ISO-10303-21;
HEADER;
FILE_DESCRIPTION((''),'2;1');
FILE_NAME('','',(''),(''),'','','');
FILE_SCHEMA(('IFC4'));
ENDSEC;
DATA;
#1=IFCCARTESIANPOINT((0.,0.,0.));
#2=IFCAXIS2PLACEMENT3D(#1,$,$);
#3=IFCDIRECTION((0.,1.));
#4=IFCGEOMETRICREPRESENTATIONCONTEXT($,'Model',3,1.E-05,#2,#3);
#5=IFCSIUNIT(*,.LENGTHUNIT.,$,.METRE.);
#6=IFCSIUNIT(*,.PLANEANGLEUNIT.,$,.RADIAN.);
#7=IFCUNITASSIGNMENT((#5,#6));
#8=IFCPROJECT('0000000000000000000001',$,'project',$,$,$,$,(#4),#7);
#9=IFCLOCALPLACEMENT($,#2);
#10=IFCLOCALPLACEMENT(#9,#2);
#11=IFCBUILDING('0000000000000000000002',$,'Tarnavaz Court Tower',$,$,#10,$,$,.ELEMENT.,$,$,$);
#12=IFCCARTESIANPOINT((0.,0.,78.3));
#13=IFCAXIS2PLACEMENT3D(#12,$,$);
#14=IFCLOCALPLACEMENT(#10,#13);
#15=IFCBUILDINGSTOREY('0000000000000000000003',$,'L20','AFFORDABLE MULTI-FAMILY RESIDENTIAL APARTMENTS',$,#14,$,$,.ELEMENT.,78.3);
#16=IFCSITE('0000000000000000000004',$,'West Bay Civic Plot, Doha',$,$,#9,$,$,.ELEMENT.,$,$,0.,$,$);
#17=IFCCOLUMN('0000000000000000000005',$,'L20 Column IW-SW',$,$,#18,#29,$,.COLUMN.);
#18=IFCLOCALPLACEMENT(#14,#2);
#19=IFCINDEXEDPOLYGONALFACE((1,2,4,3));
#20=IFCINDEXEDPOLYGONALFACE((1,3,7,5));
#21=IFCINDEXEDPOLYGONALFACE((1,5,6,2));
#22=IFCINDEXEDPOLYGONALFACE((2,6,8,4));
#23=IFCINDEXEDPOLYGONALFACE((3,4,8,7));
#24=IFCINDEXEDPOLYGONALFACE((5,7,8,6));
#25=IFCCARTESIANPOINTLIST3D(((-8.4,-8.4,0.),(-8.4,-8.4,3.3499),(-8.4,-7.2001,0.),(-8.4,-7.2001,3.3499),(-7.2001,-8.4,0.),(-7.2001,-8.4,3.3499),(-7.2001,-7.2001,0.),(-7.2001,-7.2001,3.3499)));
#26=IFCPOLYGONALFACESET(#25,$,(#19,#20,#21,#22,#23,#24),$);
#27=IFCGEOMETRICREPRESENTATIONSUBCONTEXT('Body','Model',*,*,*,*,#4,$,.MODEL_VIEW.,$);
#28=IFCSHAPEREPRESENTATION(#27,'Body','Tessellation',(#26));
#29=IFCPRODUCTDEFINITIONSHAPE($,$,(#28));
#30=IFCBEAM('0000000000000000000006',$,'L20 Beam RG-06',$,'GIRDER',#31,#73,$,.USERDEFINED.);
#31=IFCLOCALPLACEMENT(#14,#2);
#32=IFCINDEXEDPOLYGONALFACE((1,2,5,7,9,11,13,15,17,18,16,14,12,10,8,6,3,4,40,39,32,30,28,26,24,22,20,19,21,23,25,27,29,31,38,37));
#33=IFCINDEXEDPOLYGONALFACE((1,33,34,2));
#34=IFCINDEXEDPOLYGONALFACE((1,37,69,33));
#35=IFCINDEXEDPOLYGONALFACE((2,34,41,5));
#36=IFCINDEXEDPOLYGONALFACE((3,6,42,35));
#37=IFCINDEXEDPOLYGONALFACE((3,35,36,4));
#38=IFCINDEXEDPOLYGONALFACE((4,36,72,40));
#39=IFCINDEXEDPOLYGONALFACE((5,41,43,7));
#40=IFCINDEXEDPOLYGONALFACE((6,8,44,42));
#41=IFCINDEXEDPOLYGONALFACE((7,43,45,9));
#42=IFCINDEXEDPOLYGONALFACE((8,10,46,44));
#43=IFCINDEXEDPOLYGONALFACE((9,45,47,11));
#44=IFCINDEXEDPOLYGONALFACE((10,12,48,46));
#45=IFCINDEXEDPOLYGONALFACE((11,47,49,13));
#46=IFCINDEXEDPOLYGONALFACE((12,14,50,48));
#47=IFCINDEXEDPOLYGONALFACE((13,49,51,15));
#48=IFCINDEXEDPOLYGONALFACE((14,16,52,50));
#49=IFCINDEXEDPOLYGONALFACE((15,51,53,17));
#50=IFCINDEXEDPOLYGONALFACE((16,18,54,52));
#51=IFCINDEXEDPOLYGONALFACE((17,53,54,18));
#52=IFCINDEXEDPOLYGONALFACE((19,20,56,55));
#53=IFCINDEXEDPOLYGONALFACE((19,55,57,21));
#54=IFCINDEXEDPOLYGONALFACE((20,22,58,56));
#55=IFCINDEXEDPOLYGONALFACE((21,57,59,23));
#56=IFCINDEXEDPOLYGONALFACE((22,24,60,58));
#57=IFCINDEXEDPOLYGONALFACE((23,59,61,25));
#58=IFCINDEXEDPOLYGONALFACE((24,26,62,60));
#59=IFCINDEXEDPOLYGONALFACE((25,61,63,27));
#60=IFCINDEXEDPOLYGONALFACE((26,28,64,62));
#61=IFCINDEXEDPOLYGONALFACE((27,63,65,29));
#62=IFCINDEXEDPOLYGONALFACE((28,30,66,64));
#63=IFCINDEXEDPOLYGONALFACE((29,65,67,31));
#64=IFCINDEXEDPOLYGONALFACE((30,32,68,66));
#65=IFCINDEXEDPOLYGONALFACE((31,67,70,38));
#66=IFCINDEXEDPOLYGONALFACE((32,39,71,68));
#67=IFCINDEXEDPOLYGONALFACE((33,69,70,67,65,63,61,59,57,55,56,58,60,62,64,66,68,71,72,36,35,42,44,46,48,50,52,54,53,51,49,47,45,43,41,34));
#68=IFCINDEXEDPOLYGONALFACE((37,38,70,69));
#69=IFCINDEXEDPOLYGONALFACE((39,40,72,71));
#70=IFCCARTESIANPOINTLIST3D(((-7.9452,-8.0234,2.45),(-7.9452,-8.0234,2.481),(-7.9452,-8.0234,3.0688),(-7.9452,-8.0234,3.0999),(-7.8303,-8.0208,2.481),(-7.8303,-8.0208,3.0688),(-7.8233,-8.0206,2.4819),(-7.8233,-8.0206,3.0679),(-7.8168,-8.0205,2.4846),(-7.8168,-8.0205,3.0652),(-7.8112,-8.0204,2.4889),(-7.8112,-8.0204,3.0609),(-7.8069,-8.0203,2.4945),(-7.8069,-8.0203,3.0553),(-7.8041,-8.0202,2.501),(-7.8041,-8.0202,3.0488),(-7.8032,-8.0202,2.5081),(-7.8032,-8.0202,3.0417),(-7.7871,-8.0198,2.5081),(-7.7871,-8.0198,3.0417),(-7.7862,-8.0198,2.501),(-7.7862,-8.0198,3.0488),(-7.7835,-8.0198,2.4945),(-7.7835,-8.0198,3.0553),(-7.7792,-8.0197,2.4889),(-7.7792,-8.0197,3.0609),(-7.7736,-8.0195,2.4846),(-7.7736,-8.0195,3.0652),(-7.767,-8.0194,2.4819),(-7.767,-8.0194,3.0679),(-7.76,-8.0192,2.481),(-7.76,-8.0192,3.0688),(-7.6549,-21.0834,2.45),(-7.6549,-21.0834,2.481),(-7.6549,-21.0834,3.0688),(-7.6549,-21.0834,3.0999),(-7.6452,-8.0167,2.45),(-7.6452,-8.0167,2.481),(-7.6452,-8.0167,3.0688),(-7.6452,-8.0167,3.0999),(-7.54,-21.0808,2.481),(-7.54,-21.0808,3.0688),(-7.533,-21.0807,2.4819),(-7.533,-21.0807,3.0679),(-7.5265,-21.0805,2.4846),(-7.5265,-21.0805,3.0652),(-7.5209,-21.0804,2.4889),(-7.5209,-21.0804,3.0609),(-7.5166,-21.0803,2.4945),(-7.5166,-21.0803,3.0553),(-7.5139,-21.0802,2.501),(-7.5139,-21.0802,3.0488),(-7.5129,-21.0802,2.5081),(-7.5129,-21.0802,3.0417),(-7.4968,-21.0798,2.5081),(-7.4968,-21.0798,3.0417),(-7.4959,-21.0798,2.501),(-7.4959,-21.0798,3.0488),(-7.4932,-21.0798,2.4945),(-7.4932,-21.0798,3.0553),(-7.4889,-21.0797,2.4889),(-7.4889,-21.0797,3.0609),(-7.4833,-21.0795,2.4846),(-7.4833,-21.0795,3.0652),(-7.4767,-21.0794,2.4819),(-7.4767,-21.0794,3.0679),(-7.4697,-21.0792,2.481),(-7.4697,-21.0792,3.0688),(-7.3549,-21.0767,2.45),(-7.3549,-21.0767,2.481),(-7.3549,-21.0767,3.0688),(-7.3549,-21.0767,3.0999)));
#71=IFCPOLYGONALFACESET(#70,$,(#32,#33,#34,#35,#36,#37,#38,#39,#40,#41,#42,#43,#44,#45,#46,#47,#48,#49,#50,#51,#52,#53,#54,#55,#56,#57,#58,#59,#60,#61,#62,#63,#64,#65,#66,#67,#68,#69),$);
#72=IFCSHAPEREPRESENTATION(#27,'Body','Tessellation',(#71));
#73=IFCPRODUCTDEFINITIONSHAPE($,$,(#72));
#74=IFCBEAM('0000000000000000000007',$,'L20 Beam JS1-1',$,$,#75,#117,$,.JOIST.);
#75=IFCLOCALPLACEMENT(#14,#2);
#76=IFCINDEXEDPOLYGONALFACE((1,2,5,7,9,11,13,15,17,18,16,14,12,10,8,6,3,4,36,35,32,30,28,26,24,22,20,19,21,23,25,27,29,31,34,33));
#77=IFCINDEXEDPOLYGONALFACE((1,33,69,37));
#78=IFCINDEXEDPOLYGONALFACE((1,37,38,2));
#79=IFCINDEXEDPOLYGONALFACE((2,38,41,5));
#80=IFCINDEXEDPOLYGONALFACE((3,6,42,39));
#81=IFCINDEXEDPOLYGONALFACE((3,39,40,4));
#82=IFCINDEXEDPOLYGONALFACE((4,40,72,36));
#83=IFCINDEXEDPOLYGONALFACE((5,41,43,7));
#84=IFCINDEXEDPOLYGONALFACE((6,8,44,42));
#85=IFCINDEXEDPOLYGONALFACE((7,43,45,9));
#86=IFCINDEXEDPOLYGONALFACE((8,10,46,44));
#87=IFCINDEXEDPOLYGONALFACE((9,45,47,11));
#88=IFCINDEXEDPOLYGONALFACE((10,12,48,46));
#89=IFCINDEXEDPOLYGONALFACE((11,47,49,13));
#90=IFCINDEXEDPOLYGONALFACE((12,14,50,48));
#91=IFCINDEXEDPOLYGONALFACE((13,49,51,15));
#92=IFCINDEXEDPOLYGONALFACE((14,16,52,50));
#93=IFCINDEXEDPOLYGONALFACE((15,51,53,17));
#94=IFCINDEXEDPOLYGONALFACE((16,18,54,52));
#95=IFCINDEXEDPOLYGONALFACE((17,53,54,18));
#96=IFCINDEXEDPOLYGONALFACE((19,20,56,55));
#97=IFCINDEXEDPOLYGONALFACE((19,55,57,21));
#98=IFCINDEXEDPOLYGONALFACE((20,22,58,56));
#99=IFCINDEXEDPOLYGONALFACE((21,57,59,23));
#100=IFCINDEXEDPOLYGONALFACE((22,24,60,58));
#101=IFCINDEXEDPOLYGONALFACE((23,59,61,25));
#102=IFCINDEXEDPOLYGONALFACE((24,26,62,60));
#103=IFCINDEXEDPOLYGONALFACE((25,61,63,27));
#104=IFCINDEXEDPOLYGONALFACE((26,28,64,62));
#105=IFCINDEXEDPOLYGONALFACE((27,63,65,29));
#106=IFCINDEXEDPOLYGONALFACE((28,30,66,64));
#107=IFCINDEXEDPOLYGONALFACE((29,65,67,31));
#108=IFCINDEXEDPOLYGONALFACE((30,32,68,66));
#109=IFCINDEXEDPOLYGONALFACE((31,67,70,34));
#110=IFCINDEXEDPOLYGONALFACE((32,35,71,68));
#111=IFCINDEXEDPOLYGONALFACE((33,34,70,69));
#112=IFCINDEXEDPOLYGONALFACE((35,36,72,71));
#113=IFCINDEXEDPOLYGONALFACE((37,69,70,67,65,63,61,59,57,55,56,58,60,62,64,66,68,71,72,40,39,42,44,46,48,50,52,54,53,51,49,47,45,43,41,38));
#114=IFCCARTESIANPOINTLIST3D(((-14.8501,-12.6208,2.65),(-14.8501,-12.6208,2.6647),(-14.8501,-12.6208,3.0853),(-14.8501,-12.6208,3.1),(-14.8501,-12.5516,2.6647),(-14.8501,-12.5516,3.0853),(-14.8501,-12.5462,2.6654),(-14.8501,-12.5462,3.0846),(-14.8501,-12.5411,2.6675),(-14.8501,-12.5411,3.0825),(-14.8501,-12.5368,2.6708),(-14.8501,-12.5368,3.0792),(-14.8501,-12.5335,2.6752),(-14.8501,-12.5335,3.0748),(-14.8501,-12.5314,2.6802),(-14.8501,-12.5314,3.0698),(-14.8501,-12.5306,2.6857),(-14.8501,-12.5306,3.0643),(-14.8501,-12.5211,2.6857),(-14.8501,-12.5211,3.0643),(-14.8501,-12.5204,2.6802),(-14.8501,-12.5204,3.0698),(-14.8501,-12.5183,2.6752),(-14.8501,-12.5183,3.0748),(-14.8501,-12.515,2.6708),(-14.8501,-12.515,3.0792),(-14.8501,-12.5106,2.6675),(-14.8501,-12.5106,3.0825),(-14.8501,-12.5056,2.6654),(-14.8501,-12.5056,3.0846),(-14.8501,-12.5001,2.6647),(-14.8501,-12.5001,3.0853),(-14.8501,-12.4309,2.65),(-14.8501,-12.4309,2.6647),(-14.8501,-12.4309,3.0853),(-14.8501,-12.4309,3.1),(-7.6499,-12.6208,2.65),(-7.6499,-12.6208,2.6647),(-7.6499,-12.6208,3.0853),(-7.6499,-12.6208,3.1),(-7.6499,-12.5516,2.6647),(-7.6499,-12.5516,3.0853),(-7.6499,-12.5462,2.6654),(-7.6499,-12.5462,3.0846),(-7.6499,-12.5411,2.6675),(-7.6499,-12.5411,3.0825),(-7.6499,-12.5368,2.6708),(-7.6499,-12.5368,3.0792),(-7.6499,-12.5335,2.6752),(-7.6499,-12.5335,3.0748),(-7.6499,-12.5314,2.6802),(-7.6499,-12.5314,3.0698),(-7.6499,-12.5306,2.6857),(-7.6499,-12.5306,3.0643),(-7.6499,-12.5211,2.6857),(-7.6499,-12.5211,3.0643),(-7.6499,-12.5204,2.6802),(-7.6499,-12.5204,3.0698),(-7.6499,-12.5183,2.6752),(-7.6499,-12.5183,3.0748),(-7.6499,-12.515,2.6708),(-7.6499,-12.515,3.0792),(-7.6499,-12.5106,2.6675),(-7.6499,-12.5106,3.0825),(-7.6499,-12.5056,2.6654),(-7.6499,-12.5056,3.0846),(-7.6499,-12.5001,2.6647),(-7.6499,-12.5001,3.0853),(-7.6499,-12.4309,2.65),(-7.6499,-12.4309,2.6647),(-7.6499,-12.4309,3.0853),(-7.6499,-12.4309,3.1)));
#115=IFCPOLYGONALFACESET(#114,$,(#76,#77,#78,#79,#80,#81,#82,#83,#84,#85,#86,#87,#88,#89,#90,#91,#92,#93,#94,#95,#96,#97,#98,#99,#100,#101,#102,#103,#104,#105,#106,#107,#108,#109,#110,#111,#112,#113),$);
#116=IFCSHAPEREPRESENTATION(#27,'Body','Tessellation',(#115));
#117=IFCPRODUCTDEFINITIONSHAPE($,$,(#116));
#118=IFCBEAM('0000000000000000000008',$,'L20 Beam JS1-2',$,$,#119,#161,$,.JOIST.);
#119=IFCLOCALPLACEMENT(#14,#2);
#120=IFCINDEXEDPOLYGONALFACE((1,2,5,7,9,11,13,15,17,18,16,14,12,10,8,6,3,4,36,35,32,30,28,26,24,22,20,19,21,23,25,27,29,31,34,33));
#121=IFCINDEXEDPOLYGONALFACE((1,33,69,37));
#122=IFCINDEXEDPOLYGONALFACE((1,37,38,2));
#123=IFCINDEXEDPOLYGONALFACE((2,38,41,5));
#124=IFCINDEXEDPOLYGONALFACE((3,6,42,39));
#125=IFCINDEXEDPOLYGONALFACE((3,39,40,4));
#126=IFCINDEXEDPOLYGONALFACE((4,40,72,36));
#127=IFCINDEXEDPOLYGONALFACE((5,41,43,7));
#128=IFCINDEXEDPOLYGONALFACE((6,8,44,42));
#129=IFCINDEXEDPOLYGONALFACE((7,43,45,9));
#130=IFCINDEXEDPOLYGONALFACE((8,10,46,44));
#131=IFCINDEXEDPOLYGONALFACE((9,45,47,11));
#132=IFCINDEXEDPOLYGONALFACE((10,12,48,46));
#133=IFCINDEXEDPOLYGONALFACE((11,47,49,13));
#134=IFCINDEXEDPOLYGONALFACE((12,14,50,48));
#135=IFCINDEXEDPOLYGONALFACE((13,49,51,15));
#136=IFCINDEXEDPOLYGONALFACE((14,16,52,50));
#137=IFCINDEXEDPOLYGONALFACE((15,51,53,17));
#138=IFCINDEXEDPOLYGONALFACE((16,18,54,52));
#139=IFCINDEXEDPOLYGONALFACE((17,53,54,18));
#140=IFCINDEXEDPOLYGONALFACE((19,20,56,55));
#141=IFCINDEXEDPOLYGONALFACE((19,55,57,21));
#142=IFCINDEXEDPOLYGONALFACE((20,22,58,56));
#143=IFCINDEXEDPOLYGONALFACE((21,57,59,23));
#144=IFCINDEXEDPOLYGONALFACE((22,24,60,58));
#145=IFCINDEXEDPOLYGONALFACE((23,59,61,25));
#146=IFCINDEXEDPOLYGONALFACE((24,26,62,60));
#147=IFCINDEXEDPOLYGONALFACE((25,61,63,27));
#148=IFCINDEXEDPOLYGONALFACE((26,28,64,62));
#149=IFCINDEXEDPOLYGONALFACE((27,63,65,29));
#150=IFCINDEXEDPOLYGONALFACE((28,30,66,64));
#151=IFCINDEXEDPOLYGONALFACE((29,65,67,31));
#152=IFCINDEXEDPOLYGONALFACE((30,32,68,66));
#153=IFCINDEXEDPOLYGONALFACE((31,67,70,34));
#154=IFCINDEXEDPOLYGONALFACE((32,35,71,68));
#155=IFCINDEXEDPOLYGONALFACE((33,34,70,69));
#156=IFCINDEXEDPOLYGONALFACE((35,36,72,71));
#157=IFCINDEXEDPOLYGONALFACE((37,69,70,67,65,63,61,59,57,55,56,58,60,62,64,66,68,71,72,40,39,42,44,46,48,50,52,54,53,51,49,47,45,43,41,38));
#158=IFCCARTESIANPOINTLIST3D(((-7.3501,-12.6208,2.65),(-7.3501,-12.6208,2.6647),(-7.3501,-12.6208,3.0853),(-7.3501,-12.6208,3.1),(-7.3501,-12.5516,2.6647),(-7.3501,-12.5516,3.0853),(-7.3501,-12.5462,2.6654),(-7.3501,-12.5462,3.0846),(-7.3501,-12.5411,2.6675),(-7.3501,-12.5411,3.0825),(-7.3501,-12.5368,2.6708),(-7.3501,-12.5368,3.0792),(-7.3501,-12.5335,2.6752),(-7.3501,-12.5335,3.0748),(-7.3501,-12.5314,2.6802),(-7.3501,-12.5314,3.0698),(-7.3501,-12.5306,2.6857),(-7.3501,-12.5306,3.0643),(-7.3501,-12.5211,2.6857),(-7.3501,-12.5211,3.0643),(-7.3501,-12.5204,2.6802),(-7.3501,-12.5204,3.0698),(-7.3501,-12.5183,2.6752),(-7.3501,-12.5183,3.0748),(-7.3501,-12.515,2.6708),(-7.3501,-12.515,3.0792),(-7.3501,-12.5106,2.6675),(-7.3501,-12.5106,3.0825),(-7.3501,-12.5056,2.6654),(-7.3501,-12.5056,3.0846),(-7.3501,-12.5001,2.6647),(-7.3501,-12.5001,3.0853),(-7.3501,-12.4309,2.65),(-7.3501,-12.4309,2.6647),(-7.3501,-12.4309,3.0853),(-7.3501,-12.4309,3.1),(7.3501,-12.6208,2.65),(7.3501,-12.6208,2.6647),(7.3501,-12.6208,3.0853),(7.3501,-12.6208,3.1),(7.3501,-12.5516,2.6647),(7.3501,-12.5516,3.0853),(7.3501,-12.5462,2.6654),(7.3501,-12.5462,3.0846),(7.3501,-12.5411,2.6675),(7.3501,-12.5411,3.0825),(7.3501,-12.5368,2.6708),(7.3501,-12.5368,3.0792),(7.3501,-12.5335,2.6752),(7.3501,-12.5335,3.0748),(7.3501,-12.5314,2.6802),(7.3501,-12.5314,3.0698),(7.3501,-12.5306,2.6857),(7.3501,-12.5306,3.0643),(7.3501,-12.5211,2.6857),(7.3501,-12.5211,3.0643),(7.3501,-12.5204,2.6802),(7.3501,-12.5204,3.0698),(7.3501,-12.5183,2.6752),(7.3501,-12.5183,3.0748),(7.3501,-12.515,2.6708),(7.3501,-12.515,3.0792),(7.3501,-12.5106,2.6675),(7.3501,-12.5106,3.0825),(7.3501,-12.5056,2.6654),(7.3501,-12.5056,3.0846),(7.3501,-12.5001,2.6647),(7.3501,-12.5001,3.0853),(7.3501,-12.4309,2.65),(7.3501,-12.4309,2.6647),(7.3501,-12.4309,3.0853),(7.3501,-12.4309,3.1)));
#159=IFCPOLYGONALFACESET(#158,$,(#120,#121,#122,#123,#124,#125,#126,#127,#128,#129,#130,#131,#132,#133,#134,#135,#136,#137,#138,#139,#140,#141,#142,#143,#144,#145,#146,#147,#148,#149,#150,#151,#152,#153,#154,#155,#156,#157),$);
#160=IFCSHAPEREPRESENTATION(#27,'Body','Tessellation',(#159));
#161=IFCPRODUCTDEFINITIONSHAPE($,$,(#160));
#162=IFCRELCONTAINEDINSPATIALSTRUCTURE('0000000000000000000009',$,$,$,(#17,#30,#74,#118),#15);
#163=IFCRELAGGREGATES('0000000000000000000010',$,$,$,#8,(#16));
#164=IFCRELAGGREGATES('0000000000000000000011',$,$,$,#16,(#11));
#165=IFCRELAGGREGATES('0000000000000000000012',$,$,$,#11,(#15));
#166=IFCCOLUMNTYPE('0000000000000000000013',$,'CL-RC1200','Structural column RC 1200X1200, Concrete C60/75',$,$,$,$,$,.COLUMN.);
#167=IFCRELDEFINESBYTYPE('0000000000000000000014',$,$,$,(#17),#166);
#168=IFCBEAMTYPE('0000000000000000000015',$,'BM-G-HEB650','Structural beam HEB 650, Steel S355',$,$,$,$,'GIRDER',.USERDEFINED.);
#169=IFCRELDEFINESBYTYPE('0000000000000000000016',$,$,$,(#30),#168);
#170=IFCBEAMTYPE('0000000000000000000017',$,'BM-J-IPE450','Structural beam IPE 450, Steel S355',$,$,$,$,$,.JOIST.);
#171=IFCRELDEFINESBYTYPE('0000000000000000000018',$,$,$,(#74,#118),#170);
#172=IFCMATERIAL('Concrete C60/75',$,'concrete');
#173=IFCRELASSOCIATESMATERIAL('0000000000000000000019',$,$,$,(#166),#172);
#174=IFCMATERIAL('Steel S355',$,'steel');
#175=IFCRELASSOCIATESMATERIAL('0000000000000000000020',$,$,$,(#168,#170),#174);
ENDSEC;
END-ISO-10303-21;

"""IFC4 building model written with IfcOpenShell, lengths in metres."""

from ifc_helpers import new_model, si_unit, direction, frame, origin, origin_2d, place, context, subcontext, project, spatial, rectangle, i_section, extrude, material, material_profile, profile_set, type_object, element, save


model = new_model("IFC4")

# Units and contexts
model_context = context("Model", 3, precision=1e-05, world=origin(), true_north=direction((0.0, 1.0)))
body_context = subcontext(model_context, "Body", "Model", "MODEL_VIEW")
ifc_project = project(units=[si_unit("LENGTHUNIT", "METRE"), si_unit("PLANEANGLEUNIT", "RADIAN")], contexts=[model_context])

# Site, building, storey
site_placement = place(None, origin())
site = spatial("IfcSite", under=ifc_project, at=site_placement, Name="West Bay Civic Plot, Doha", CompositionType="ELEMENT", RefElevation=0.0)
building_placement = place(site_placement, origin())
building = spatial("IfcBuilding", under=site, at=building_placement, Name="Tarnavaz Court Tower", CompositionType="ELEMENT")
storey_placement = place(building_placement, frame((0.0, 0.0, 78.3)))
storey = spatial("IfcBuildingStorey", under=building, at=storey_placement, Name="L20", Description="AFFORDABLE MULTI-FAMILY RESIDENTIAL APARTMENTS", CompositionType="ELEMENT", Elevation=78.3)

# Column
ifc_material_1 = material(Name="Concrete C60/75", Category="concrete")
ifc_material_profile_1 = material_profile(ifc_material_1, rectangle(XDim=1.2, YDim=1.2, at=origin_2d()), Name="RC 1200X1200")
ifc_profile_set_1 = profile_set([ifc_material_profile_1], Name="Concrete C60/75")
column_type = type_object("IfcColumnType", Name="CL-RC1200", Description="Structural column RC 1200X1200, Concrete C60/75", PredefinedType="COLUMN", material=ifc_profile_set_1)
column_placement = place(storey_placement, frame((-7.8, -7.8, 0.0), z_axis=(0.0, 0.0, 1.0), x_axis=(1.0, 0.0, 0.0)))
element("IfcColumn", 1, at=column_placement, inside=storey, type_object=column_type, Name="L20 Column IW-SW", PredefinedType="COLUMN", context=body_context, shape_type="SweptSolid", body=[
    extrude(rectangle(XDim=1.2, YDim=1.2, at=origin_2d()), origin(), (0.0, 0.0, 1.0), 3.3499),
])

# Beams
ifc_material_2 = material(Name="Steel S355", Category="steel")
ifc_material_profile_2 = material_profile(ifc_material_2, i_section(OverallWidth=0.3, OverallDepth=0.6499, WebThickness=0.0161, FlangeThickness=0.031, FilletRadius=0.0271, at=origin_2d()), Name="HEB 650")
ifc_profile_set_2 = profile_set([ifc_material_profile_2], Name="Steel S355")
beam_type_1 = type_object("IfcBeamType", Name="BM-G-HEB650", Description="Structural beam HEB 650, Steel S355", ElementType="GIRDER", PredefinedType="USERDEFINED", material=ifc_profile_set_2)
beam_1_placement = place(storey_placement, frame((-7.7952, -8.02, 2.7749), z_axis=(0.022221, -0.999753, 0.0), x_axis=(0.999753, 0.022221, 0.0)))
element("IfcBeam", 2, at=beam_1_placement, inside=storey, type_object=beam_type_1, Name="L20 Beam RG-06", ObjectType="GIRDER", PredefinedType="USERDEFINED", context=body_context, shape_type="SweptSolid", body=[
    extrude(i_section(OverallWidth=0.3, OverallDepth=0.6499, WebThickness=0.0161, FlangeThickness=0.031, FilletRadius=0.0271, at=origin_2d()), origin(), (0.0, 0.0, 1.0), 13.0632),
])
ifc_material_profile_3 = material_profile(ifc_material_2, i_section(OverallWidth=0.1899, OverallDepth=0.45, WebThickness=0.0095, FlangeThickness=0.0146, FilletRadius=0.021, at=origin_2d()), Name="IPE 450")
ifc_profile_set_3 = profile_set([ifc_material_profile_3], Name="Steel S355")
beam_type_2 = type_object("IfcBeamType", Name="BM-J-IPE450", Description="Structural beam IPE 450, Steel S355", PredefinedType="JOIST", material=ifc_profile_set_3)
beam_2_placement = place(storey_placement, frame((-14.8501, -12.5259, 2.875), z_axis=(1.0, 0.0, 0.0), x_axis=(0.0, 1.0, 0.0)))
element("IfcBeam", 3, at=beam_2_placement, inside=storey, type_object=beam_type_2, Name="L20 Beam JS1-1", PredefinedType="JOIST", context=body_context, shape_type="SweptSolid", body=[
    extrude(i_section(OverallWidth=0.1899, OverallDepth=0.45, WebThickness=0.0095, FlangeThickness=0.0146, FilletRadius=0.021, at=origin_2d()), origin(), (0.0, 0.0, 1.0), 7.2002),
])
beam_3_placement = place(storey_placement, frame((-7.3501, -12.5259, 2.875), z_axis=(1.0, 0.0, 0.0), x_axis=(0.0, 1.0, 0.0)))
element("IfcBeam", 4, at=beam_3_placement, inside=storey, type_object=beam_type_2, Name="L20 Beam JS1-2", PredefinedType="JOIST", context=body_context, shape_type="SweptSolid", body=[
    extrude(i_section(OverallWidth=0.1899, OverallDepth=0.45, WebThickness=0.0095, FlangeThickness=0.0146, FilletRadius=0.021, at=origin_2d()), origin(), (0.0, 0.0, 1.0), 14.7002),
])

save(model, "model.ifc")
